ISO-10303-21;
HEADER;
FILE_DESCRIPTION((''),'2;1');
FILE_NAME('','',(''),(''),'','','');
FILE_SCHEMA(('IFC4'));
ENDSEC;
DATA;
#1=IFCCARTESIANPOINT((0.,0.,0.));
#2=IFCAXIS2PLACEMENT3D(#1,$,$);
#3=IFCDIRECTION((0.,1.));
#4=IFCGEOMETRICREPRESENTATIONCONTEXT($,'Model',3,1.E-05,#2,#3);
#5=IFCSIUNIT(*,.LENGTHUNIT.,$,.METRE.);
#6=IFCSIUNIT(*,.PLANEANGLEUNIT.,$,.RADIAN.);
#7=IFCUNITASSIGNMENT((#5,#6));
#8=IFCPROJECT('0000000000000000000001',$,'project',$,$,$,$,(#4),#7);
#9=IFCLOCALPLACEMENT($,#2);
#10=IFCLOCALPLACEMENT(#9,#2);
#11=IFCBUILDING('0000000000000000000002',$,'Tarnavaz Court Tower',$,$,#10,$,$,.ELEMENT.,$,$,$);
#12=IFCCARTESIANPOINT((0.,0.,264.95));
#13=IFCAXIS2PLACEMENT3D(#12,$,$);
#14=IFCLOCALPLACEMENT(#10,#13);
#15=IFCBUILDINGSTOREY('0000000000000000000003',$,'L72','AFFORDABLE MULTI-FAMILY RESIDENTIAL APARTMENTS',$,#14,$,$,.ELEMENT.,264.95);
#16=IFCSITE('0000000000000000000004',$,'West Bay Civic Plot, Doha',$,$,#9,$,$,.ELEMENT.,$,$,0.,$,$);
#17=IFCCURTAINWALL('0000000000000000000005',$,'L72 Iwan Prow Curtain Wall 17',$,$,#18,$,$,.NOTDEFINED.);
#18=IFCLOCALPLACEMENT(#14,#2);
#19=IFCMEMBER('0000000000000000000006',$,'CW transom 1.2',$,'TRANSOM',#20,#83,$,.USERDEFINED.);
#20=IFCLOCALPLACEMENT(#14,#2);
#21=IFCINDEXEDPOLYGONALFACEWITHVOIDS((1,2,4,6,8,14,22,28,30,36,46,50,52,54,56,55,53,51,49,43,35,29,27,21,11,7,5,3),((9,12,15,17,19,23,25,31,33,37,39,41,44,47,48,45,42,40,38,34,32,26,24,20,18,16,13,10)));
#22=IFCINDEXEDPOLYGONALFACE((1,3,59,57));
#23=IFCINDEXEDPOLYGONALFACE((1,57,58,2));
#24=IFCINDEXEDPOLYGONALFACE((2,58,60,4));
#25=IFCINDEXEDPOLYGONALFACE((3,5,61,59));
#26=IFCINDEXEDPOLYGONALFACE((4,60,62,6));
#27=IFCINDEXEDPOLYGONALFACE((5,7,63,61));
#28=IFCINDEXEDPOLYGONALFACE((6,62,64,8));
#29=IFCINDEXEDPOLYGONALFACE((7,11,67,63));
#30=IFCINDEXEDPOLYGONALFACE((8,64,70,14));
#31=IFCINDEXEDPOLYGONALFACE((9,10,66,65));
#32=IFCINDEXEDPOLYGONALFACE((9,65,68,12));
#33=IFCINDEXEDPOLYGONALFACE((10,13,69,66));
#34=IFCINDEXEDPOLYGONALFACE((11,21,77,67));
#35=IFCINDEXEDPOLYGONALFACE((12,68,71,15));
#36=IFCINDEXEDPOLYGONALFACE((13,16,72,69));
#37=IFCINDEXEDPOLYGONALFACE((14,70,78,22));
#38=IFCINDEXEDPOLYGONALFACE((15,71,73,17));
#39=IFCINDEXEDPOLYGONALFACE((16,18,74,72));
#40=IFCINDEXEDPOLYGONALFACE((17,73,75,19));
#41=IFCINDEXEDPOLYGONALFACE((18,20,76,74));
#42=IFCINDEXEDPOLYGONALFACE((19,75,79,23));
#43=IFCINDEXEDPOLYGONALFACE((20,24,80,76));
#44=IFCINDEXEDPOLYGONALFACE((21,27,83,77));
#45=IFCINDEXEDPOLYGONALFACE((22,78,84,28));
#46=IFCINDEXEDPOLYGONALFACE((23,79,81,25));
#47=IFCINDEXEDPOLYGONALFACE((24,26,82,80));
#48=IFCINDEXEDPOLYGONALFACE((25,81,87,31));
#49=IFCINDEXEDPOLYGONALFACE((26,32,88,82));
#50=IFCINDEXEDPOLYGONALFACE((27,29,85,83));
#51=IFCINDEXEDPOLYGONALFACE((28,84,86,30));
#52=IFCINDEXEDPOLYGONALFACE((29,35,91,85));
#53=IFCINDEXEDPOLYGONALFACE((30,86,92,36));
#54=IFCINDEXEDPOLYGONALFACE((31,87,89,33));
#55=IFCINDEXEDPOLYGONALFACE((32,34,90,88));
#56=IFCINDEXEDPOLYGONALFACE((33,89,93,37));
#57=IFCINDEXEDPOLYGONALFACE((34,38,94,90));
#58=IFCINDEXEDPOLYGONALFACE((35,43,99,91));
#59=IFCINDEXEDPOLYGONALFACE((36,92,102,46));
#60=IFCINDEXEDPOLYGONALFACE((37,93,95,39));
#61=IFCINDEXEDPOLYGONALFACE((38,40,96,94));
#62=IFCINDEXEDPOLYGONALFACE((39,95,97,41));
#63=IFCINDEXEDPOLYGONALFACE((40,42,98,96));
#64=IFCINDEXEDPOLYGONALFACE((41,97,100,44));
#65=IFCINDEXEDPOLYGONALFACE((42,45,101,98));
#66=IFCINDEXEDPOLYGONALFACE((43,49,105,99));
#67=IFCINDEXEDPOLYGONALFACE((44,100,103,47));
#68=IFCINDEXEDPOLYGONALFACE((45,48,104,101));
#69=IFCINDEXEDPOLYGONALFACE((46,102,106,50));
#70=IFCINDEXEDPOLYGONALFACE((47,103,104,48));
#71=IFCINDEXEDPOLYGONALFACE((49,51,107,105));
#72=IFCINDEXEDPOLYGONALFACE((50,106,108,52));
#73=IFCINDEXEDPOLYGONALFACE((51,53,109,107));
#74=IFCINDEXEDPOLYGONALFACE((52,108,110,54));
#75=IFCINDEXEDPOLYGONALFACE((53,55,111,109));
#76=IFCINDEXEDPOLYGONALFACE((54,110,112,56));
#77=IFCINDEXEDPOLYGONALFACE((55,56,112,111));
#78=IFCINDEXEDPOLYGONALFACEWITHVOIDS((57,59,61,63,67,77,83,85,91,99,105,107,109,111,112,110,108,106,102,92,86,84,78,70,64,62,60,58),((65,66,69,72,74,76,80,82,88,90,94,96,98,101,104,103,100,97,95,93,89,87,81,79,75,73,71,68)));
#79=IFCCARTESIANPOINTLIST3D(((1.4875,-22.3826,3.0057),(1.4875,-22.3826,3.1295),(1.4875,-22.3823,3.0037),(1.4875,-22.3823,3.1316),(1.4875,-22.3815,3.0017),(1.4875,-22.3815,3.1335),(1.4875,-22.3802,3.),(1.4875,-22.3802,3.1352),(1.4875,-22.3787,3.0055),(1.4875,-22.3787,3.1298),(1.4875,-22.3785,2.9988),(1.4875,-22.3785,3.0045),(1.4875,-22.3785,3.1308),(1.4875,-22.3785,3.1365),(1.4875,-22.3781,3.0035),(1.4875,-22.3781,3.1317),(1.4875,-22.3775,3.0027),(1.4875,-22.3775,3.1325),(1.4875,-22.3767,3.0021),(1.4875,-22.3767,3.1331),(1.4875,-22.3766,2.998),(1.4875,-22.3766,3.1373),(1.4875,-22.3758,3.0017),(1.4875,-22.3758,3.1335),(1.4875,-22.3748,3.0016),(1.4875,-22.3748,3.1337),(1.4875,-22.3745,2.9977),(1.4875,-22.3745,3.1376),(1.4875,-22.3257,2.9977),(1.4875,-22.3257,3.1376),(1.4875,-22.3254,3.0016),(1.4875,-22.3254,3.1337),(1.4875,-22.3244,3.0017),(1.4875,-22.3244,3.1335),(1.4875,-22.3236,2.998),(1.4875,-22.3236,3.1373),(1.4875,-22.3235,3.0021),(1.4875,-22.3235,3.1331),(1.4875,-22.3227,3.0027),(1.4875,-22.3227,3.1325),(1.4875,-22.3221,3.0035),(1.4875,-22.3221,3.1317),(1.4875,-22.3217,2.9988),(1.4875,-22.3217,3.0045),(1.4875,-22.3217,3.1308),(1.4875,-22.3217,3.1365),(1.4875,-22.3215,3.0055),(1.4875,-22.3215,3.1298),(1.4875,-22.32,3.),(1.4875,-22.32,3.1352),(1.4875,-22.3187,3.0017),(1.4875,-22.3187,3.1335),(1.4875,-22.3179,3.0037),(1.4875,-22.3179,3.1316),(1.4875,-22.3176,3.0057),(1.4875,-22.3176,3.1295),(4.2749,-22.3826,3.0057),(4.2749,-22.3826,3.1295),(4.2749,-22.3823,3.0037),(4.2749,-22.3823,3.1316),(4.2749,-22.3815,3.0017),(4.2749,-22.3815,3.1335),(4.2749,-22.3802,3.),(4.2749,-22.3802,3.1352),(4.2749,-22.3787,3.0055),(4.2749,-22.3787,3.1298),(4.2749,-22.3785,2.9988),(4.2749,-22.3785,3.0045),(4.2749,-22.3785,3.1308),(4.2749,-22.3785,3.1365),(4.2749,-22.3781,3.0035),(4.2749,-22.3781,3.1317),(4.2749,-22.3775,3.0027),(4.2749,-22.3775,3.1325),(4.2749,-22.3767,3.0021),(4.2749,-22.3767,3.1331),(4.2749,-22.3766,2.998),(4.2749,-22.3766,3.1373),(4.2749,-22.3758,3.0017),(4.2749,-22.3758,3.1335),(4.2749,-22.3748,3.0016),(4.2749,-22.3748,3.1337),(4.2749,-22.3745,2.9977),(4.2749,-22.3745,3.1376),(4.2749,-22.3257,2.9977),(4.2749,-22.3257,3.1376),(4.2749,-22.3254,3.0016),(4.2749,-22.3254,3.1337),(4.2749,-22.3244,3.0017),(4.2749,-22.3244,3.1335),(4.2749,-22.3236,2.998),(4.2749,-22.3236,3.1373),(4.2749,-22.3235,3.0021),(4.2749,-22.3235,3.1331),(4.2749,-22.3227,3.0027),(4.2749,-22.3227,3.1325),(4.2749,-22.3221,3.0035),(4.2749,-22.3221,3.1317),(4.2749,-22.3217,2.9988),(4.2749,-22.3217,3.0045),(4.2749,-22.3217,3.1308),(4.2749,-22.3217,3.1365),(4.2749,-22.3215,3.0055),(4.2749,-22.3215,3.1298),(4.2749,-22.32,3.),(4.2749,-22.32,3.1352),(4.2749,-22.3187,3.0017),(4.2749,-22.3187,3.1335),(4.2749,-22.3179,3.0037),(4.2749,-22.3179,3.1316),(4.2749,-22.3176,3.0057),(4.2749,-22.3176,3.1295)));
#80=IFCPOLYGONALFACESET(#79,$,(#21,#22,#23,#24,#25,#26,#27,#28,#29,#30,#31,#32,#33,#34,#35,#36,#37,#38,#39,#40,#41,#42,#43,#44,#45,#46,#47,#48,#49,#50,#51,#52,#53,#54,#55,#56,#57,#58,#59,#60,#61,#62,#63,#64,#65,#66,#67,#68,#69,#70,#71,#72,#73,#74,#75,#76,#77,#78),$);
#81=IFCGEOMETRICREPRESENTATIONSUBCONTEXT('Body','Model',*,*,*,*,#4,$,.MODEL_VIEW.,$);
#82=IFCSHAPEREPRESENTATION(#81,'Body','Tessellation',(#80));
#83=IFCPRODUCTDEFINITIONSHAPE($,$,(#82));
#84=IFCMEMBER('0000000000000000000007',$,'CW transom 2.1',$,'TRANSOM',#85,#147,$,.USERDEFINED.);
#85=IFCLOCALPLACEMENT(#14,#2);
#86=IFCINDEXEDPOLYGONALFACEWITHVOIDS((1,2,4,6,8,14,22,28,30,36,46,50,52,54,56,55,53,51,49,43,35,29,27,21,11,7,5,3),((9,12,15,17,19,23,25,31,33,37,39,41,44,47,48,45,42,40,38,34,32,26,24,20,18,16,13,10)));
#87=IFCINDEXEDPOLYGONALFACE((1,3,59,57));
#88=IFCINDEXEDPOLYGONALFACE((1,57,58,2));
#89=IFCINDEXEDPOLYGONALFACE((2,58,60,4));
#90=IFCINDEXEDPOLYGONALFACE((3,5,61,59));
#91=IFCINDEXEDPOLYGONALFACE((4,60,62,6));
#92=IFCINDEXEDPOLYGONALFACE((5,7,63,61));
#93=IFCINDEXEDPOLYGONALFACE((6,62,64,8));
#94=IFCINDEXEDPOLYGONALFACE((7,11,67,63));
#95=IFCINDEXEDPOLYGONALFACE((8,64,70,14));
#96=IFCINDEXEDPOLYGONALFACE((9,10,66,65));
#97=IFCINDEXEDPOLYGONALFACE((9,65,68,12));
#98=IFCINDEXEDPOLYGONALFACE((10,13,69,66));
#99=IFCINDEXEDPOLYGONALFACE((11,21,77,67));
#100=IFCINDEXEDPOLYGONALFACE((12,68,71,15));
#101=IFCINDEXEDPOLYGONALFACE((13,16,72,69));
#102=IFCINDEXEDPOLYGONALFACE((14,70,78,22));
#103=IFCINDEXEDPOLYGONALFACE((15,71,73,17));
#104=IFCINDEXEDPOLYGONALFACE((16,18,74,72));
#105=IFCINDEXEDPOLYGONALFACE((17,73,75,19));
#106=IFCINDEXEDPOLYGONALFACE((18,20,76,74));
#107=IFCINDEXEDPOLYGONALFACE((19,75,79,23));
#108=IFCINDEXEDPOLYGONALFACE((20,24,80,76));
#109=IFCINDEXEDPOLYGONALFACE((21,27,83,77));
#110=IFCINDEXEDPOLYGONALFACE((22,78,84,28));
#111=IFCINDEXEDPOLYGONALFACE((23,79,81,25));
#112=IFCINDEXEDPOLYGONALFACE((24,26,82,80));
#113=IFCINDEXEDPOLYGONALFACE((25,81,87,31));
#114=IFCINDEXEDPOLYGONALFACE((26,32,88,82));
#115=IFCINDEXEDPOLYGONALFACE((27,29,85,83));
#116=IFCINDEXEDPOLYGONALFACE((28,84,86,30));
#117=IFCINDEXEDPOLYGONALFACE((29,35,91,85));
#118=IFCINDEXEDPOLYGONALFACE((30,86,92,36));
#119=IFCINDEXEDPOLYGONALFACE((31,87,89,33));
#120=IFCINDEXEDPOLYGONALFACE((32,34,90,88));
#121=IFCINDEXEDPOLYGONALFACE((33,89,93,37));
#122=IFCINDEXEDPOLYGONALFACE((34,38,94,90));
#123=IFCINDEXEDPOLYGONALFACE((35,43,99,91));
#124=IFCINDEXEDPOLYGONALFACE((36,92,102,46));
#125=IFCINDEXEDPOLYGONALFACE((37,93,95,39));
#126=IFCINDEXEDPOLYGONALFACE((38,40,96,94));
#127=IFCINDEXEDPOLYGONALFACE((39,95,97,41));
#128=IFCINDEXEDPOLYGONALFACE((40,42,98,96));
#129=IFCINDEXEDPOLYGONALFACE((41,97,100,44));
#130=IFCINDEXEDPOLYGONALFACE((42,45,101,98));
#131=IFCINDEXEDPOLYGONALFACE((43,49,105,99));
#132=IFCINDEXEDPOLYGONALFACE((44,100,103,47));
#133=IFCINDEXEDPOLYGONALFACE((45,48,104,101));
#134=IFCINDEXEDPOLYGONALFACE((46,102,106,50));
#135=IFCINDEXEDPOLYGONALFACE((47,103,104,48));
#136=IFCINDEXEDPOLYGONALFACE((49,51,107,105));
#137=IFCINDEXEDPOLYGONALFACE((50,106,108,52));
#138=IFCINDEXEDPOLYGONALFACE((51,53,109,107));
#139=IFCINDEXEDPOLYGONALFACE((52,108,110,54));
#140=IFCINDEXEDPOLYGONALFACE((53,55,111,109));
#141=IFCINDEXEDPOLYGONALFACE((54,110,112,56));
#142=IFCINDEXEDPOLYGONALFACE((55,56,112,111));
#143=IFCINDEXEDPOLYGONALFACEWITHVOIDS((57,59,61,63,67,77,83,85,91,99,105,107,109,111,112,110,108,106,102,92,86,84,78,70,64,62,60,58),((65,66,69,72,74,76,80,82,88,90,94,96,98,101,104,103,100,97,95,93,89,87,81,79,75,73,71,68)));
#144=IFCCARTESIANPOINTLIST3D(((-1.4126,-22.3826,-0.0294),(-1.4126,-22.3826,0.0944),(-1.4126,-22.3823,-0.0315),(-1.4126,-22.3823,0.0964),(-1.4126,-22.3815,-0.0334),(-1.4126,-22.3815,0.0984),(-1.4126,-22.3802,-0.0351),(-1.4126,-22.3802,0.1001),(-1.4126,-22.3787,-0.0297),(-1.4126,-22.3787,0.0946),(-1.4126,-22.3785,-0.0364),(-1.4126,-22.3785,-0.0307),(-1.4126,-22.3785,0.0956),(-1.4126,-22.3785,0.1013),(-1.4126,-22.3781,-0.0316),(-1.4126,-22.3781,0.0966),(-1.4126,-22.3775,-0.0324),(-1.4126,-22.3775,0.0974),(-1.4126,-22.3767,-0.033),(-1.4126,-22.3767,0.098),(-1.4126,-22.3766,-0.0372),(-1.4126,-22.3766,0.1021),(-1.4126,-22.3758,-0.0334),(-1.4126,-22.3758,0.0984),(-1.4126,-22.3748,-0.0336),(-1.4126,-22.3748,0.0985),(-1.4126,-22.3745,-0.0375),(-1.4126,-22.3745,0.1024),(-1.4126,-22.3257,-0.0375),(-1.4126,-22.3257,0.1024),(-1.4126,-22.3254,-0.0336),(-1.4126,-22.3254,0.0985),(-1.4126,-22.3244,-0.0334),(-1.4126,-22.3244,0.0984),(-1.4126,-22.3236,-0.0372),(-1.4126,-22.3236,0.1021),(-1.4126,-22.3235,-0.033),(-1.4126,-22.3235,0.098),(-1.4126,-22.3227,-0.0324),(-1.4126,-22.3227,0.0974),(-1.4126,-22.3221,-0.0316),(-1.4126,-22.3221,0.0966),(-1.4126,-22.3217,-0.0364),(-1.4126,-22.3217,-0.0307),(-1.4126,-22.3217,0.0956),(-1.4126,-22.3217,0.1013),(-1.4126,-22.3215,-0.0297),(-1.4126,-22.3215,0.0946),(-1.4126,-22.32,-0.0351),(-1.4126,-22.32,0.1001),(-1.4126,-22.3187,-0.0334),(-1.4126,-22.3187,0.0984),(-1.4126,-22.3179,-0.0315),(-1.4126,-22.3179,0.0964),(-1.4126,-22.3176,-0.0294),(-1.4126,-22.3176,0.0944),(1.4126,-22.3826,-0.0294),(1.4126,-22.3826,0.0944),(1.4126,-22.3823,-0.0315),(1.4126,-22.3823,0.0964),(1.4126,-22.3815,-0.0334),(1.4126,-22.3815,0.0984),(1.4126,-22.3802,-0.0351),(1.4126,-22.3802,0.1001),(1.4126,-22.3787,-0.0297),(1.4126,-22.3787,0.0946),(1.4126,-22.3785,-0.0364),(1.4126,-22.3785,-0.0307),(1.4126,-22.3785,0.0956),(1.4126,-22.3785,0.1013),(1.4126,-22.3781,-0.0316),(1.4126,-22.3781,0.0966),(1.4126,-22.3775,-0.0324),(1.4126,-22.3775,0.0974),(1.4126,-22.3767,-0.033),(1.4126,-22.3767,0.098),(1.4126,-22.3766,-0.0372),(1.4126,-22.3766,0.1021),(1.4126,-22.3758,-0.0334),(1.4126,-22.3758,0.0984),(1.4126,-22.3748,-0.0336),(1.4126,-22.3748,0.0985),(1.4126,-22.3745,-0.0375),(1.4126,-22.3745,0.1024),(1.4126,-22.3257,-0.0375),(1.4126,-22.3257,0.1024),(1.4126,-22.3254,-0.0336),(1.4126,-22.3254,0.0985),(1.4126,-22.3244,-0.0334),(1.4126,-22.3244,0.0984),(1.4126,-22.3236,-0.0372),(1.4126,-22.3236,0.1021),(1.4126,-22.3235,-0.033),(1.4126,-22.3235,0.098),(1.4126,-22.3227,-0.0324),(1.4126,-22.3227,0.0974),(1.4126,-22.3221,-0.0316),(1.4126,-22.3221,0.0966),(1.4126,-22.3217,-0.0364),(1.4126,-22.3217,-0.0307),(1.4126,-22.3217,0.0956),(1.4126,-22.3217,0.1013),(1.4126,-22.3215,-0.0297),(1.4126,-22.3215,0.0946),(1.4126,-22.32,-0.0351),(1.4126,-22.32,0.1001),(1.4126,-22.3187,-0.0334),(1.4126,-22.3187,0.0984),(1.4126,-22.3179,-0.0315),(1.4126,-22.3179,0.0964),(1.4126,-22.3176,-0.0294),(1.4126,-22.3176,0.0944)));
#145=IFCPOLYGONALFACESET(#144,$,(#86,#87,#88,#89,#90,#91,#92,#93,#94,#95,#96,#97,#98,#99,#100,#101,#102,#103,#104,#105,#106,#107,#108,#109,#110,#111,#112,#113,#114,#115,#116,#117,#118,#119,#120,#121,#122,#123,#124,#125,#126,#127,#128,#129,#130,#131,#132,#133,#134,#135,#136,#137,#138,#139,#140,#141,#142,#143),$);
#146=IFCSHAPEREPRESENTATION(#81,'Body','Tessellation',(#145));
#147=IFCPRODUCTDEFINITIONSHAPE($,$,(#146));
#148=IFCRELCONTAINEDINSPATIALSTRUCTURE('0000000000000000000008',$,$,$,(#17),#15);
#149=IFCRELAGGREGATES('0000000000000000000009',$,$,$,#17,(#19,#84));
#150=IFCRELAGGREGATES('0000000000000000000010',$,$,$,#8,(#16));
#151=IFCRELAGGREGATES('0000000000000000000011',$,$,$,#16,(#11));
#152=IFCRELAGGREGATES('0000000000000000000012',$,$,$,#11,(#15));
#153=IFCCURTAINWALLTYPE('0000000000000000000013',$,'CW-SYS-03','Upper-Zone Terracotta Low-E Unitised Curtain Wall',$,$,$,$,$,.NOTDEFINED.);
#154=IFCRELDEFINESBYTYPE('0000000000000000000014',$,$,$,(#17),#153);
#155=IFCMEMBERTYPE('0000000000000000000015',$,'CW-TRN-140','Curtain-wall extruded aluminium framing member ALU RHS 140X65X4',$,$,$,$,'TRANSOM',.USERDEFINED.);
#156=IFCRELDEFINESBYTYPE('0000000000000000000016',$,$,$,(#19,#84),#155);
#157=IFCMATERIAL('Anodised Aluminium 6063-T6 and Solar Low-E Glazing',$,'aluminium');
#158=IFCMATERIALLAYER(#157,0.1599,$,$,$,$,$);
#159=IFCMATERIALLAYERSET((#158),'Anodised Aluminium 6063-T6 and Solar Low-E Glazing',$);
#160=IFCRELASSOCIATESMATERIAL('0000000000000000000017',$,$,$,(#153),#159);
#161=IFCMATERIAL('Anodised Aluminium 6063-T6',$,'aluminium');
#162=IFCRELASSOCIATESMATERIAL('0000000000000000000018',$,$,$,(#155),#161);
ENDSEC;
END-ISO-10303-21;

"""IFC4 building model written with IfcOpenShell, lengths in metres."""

from ifc_helpers import new_model, si_unit, direction, frame, origin, origin_2d, place, context, subcontext, project, spatial, hollow_rectangle, extrude, material, layer, layer_set, material_profile, profile_set, type_object, element, aggregate, save


model = new_model("IFC4")

# Units and contexts
model_context = context("Model", 3, precision=1e-05, world=origin(), true_north=direction((0.0, 1.0)))
body_context = subcontext(model_context, "Body", "Model", "MODEL_VIEW")
ifc_project = project(units=[si_unit("LENGTHUNIT", "METRE"), si_unit("PLANEANGLEUNIT", "RADIAN")], contexts=[model_context])

# Site, building, storey
site_placement = place(None, origin())
site = spatial("IfcSite", under=ifc_project, at=site_placement, Name="West Bay Civic Plot, Doha", CompositionType="ELEMENT", RefElevation=0.0)
building_placement = place(site_placement, origin())
building = spatial("IfcBuilding", under=site, at=building_placement, Name="Tarnavaz Court Tower", CompositionType="ELEMENT")
storey_placement = place(building_placement, frame((0.0, 0.0, 264.95)))
storey = spatial("IfcBuildingStorey", under=building, at=storey_placement, Name="L72", Description="AFFORDABLE MULTI-FAMILY RESIDENTIAL APARTMENTS", CompositionType="ELEMENT", Elevation=264.95)

# Curtain wall, members
ifc_material_1 = material(Name="Anodised Aluminium 6063-T6 and Solar Low-E Glazing", Category="aluminium")
ifc_layer_1 = layer(ifc_material_1, 0.1599)
ifc_layer_set_1 = layer_set([ifc_layer_1], Name="Anodised Aluminium 6063-T6 and Solar Low-E Glazing")
curtain_wall_type = type_object("IfcCurtainWallType", Name="CW-SYS-03", Description="Upper-Zone Terracotta Low-E Unitised Curtain Wall", PredefinedType="NOTDEFINED", material=ifc_layer_set_1)
curtain_wall_placement = place(storey_placement, origin())
curtain_wall = element("IfcCurtainWall", 1, at=curtain_wall_placement, inside=storey, type_object=curtain_wall_type, Name="L72 Iwan Prow Curtain Wall 17", PredefinedType="NOTDEFINED")
ifc_material_2 = material(Name="Anodised Aluminium 6063-T6", Category="aluminium")
ifc_material_profile_1 = material_profile(ifc_material_2, hollow_rectangle(XDim=0.0649, YDim=0.1399, WallThickness=0.0039, InnerFilletRadius=0.0039, OuterFilletRadius=0.0081, at=origin_2d()), Name="ALU RHS 140X65X4")
ifc_profile_set_1 = profile_set([ifc_material_profile_1], Name="Anodised Aluminium 6063-T6")
member_type_1 = type_object("IfcMemberType", Name="CW-TRN-140", Description="Curtain-wall extruded aluminium framing member ALU RHS 140X65X4", ElementType="TRANSOM", PredefinedType="USERDEFINED", material=ifc_profile_set_1)
member_1_placement = place(storey_placement, frame((4.2749, -22.3501, 3.0676), z_axis=(-1.0, 0.0, 0.0), x_axis=(0.0, -1.0, 0.0)))
member_1 = element("IfcMember", 2, at=member_1_placement, type_object=member_type_1, Name="CW transom 1.2", ObjectType="TRANSOM", PredefinedType="USERDEFINED", context=body_context, shape_type="SweptSolid", body=[
    extrude(hollow_rectangle(XDim=0.0649, YDim=0.1399, WallThickness=0.0039, InnerFilletRadius=0.0039, OuterFilletRadius=0.0081, at=origin_2d()), origin(), (0.0, 0.0, 1.0), 2.7874),
])
member_2_placement = place(storey_placement, frame((1.4126, -22.3501, 0.0325), z_axis=(-1.0, 0.0, 0.0), x_axis=(0.0, -1.0, 0.0)))
member_2 = element("IfcMember", 3, at=member_2_placement, type_object=member_type_1, Name="CW transom 2.1", ObjectType="TRANSOM", PredefinedType="USERDEFINED", context=body_context, shape_type="SweptSolid", body=[
    extrude(hollow_rectangle(XDim=0.0649, YDim=0.1399, WallThickness=0.0039, InnerFilletRadius=0.0039, OuterFilletRadius=0.0081, at=origin_2d()), origin(), (0.0, 0.0, 1.0), 2.8252),
])
aggregate(curtain_wall, [member_1, member_2])

save(model, "model.ifc")
